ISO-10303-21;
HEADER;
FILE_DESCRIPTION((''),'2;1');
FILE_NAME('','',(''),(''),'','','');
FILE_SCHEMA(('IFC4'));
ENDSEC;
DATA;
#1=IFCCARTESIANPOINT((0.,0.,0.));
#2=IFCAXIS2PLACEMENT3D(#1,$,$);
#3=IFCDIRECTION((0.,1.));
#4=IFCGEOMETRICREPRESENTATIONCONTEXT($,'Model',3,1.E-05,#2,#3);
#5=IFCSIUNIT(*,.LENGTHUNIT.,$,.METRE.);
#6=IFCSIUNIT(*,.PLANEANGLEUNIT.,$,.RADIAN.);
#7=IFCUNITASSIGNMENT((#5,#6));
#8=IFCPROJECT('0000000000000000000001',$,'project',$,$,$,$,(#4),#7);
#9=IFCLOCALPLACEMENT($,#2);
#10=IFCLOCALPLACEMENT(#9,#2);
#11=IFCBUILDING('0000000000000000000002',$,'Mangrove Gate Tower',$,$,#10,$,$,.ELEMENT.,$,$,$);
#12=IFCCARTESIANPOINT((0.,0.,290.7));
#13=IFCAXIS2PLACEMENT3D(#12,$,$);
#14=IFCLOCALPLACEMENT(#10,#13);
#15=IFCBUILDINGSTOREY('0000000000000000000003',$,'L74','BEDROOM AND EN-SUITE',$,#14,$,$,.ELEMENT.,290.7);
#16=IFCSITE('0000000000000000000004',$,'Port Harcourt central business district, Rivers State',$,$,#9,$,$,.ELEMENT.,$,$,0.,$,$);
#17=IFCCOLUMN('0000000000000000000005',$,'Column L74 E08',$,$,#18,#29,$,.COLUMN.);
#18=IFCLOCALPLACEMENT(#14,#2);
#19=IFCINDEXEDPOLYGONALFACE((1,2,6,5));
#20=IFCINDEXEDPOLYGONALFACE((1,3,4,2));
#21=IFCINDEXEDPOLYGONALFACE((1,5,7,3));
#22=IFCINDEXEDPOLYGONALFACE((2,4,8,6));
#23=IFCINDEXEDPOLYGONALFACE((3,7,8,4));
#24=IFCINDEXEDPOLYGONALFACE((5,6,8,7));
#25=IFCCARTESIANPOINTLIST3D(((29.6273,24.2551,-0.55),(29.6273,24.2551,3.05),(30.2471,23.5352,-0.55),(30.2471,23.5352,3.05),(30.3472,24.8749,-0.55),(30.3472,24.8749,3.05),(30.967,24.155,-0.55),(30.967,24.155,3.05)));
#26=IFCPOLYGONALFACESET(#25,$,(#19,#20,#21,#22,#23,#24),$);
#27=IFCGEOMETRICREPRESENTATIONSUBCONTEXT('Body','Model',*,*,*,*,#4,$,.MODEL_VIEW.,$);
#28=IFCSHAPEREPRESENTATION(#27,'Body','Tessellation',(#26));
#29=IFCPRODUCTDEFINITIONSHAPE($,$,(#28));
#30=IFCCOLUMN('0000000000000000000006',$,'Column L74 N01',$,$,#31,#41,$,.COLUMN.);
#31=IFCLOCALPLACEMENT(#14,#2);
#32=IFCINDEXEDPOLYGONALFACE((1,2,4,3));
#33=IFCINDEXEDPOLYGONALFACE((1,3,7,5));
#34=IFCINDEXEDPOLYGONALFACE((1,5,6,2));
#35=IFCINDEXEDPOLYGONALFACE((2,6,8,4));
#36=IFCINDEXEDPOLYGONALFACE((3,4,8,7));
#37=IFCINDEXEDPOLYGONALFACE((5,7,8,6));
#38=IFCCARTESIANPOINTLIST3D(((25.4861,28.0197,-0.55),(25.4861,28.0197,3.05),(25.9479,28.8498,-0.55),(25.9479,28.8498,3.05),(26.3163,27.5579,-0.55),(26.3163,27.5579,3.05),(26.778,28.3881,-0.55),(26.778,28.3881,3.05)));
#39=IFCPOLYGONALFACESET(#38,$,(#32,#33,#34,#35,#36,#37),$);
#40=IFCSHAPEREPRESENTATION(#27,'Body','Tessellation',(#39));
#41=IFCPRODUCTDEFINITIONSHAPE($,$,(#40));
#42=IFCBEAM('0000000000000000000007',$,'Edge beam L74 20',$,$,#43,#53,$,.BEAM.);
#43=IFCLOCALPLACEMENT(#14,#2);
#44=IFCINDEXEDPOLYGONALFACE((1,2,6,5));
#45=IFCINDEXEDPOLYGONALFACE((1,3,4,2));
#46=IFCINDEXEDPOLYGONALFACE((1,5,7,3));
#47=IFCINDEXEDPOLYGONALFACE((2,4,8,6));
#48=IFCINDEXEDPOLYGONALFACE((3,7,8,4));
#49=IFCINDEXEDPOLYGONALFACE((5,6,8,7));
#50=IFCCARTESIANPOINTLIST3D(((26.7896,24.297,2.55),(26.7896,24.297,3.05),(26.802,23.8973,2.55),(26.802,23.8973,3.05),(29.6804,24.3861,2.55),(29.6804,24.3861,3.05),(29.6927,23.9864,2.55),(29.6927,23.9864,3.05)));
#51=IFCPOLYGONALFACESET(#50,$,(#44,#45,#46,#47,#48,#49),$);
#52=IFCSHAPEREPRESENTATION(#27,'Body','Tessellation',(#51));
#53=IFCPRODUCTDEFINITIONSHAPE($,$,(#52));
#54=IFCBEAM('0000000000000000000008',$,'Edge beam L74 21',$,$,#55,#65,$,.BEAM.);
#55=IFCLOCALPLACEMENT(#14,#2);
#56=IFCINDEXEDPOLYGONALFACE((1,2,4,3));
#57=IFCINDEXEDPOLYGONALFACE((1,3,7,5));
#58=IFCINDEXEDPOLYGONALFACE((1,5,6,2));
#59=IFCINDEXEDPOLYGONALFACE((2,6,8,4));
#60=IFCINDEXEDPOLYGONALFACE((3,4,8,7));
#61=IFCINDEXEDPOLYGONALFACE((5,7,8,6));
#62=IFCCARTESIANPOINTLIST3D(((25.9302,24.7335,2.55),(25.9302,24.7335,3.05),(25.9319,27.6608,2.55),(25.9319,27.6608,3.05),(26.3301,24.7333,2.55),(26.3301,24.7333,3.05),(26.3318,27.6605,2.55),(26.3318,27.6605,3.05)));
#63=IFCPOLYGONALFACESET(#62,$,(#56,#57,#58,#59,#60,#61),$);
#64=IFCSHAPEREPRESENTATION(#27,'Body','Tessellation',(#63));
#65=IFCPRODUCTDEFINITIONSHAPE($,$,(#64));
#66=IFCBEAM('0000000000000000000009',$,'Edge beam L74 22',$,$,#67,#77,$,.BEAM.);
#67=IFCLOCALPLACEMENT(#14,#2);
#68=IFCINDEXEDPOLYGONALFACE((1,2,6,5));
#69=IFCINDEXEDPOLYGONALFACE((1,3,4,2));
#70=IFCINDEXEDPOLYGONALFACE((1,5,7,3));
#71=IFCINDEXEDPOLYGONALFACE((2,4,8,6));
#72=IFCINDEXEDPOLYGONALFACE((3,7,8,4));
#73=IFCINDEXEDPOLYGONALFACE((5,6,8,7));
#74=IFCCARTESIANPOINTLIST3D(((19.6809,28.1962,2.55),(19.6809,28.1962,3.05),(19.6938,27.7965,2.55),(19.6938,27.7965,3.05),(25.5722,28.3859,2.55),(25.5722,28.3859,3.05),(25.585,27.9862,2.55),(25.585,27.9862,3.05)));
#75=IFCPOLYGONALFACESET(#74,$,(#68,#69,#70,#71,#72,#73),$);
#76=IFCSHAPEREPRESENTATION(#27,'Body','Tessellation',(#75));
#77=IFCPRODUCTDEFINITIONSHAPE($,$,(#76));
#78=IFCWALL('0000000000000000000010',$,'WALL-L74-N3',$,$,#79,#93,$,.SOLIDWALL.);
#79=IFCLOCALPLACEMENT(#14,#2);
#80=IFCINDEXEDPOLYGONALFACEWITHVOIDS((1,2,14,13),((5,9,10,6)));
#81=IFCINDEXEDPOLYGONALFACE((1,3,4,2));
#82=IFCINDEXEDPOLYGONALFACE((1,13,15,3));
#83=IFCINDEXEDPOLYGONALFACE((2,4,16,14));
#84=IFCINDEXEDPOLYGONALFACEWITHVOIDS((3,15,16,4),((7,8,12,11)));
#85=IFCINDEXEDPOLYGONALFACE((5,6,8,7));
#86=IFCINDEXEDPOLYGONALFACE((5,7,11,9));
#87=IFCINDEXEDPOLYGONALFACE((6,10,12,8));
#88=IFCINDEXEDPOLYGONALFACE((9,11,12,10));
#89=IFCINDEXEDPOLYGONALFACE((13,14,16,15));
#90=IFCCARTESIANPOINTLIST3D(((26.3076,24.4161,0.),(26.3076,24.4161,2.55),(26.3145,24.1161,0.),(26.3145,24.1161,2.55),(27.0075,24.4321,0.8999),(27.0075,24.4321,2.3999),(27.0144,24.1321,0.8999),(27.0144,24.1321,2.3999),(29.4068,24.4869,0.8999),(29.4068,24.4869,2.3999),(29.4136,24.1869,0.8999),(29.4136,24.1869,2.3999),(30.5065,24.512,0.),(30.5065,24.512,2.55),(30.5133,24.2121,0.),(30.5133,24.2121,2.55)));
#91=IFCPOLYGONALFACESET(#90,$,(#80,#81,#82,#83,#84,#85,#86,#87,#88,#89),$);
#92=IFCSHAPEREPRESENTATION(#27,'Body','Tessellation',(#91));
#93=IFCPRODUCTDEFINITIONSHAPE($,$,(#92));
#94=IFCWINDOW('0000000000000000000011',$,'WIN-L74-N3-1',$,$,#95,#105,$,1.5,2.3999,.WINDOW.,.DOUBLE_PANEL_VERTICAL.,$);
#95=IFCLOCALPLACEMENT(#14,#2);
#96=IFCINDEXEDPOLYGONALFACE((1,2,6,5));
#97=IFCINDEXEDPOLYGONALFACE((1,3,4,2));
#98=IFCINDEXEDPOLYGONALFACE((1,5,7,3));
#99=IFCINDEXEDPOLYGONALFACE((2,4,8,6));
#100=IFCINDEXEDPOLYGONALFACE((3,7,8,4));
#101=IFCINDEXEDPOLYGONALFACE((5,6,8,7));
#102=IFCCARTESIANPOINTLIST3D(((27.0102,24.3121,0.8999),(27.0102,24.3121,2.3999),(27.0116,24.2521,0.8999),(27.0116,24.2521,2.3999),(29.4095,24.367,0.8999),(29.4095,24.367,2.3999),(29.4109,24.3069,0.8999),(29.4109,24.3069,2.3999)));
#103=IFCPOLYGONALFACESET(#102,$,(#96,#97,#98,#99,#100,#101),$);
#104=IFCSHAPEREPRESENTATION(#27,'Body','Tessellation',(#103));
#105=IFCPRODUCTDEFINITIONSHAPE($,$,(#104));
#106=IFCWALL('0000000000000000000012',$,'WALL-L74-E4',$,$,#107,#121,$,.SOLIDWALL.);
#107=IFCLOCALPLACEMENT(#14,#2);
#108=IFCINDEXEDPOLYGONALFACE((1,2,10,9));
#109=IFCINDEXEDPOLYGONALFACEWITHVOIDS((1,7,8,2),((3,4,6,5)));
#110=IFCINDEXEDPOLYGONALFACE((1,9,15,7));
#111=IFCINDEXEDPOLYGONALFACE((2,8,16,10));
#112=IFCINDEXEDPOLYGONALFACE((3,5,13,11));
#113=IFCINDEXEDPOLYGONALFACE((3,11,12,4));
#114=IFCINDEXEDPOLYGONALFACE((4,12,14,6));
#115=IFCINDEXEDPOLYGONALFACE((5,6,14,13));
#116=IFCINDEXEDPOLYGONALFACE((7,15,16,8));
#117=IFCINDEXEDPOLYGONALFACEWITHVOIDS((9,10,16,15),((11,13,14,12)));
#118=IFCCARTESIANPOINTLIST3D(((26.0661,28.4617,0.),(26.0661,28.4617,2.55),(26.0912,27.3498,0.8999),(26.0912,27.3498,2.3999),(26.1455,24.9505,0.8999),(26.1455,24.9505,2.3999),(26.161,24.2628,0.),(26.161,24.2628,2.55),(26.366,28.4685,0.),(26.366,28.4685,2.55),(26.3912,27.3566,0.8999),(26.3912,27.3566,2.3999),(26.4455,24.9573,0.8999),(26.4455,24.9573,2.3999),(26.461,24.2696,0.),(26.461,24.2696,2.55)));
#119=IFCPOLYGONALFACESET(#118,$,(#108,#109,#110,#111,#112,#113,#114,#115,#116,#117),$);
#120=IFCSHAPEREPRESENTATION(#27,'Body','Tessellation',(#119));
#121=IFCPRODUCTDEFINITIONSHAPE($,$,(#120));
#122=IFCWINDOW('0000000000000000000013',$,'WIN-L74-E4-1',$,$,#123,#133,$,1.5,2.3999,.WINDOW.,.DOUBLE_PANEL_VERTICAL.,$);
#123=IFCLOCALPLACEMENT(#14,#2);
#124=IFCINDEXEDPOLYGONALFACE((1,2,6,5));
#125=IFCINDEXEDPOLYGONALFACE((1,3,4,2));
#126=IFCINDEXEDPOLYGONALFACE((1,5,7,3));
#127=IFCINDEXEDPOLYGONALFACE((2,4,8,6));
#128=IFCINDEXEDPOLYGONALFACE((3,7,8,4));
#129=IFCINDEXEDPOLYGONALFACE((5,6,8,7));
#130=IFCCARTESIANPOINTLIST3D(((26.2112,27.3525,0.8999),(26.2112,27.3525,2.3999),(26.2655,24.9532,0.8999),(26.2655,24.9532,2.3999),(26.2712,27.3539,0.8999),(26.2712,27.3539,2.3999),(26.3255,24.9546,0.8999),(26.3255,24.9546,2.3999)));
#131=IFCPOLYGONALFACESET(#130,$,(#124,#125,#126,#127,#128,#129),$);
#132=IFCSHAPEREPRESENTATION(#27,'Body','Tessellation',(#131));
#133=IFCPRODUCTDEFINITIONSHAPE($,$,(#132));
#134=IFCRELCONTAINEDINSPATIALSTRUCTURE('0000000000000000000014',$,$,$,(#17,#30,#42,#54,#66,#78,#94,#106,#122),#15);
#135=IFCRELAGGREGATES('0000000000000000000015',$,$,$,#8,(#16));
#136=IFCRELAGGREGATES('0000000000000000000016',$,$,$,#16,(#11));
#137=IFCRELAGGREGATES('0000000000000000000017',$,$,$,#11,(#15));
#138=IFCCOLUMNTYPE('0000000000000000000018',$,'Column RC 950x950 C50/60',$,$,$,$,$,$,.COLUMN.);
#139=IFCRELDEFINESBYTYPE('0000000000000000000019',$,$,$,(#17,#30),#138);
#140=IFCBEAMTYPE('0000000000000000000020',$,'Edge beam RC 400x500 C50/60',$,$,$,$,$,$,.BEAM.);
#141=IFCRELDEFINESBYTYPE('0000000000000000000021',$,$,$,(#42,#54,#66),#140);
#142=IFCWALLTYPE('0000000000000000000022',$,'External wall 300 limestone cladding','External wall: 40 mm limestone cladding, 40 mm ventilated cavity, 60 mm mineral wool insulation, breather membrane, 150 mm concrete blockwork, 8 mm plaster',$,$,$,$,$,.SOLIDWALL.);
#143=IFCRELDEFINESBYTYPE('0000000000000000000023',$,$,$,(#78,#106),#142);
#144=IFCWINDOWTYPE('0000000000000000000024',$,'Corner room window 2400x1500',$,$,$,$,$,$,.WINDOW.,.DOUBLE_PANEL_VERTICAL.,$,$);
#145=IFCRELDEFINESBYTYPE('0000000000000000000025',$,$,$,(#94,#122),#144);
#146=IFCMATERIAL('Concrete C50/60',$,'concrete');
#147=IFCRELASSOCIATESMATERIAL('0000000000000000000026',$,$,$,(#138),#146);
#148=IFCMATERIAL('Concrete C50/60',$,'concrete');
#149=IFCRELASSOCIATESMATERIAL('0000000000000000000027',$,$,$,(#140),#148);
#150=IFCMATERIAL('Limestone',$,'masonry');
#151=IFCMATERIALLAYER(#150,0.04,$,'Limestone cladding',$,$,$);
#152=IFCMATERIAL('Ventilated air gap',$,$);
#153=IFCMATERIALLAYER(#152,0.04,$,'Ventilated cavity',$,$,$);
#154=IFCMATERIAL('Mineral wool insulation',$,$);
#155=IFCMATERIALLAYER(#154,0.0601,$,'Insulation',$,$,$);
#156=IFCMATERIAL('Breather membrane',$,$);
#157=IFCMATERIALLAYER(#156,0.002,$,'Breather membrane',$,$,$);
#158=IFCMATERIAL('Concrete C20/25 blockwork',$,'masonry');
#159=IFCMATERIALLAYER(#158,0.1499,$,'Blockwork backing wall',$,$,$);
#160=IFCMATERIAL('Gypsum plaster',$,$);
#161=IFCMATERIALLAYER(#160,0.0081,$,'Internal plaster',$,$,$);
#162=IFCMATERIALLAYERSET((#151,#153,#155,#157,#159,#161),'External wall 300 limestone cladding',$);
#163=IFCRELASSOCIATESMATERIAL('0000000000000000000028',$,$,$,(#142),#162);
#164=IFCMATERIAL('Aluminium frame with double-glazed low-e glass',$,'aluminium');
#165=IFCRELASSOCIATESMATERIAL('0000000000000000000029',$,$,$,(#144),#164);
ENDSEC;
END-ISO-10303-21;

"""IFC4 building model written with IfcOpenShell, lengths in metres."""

from ifc_helpers import new_model, si_unit, direction, frame, frame_2d, origin, origin_2d, place, context, subcontext, project, spatial, rectangle, extrude, material, layer, layer_set, material_profile, profile_set, type_object, element, fill, save


model = new_model("IFC4")

# Units and contexts
model_context = context("Model", 3, precision=1e-05, world=origin(), true_north=direction((0.0, 1.0)))
body_context = subcontext(model_context, "Body", "Model", "MODEL_VIEW")
ifc_project = project(units=[si_unit("LENGTHUNIT", "METRE"), si_unit("PLANEANGLEUNIT", "RADIAN")], contexts=[model_context])

# Site, building, storey
site_placement = place(None, origin())
site = spatial("IfcSite", under=ifc_project, at=site_placement, Name="Port Harcourt central business district, Rivers State", CompositionType="ELEMENT", RefElevation=0.0)
building_placement = place(site_placement, origin())
building = spatial("IfcBuilding", under=site, at=building_placement, Name="Mangrove Gate Tower", CompositionType="ELEMENT")
storey_placement = place(building_placement, frame((0.0, 0.0, 290.7)))
storey = spatial("IfcBuildingStorey", under=building, at=storey_placement, Name="L74", Description="BEDROOM AND EN-SUITE", CompositionType="ELEMENT", Elevation=290.7)

# Columns
ifc_material_1 = material(Name="Concrete C50/60", Category="concrete")
ifc_material_profile_1 = material_profile(ifc_material_1, rectangle(XDim=0.95, YDim=0.95, at=origin_2d()))
ifc_profile_set_1 = profile_set([ifc_material_profile_1], Name="Concrete C50/60")
column_type = type_object("IfcColumnType", Name="Column RC 950x950 C50/60", PredefinedType="COLUMN", material=ifc_profile_set_1)
for number, where, z_axis, x_axis, name in (
    (1, (30.2971, 24.2051, -0.55), (0.0, 0.0, 1.0), (-0.652446, 0.757835, 0.0), "Column L74 E08"),
    (2, (26.1321, 28.2039, -0.55), (0.0, 0.0, 1.0), (-0.873907, 0.486093, 0.0), "Column L74 N01"),
):
    element("IfcColumn", number, at=place(storey_placement, frame(where, z_axis=z_axis, x_axis=x_axis)), inside=storey, type_object=column_type, Name=name, PredefinedType="COLUMN", context=body_context, shape_type="SweptSolid", body=[
        extrude(rectangle(XDim=0.95, YDim=0.95, at=origin_2d()), origin(), (0.0, 0.0, 1.0), 3.6001),
    ])

# Beams
ifc_material_2 = material(Name="Concrete C50/60", Category="concrete")
ifc_material_profile_2 = material_profile(ifc_material_2, rectangle(XDim=0.3999, YDim=0.5, at=origin_2d()))
ifc_profile_set_2 = profile_set([ifc_material_profile_2], Name="Concrete C50/60")
beam_type = type_object("IfcBeamType", Name="Edge beam RC 400x500 C50/60", PredefinedType="BEAM", material=ifc_profile_set_2)
beam_1_placement = place(storey_placement, frame((29.6865, 24.1863, 2.8), z_axis=(-0.999525, -0.030813, 0.0), x_axis=(0.030813, -0.999525, 0.0)))
element("IfcBeam", 3, at=beam_1_placement, inside=storey, type_object=beam_type, Name="Edge beam L74 20", PredefinedType="BEAM", context=body_context, shape_type="SweptSolid", body=[
    extrude(rectangle(XDim=0.3999, YDim=0.5, at=origin_2d()), origin(), (0.0, 0.0, 1.0), 2.8921),
])
beam_2_placement = place(storey_placement, frame((26.1301, 24.7334, 2.8), z_axis=(0.000584, 1.0, 0.0), x_axis=(-1.0, 0.000584, 0.0)))
element("IfcBeam", 4, at=beam_2_placement, inside=storey, type_object=beam_type, Name="Edge beam L74 21", PredefinedType="BEAM", context=body_context, shape_type="SweptSolid", body=[
    extrude(rectangle(XDim=0.3999, YDim=0.5, at=origin_2d()), origin(), (0.0, 0.0, 1.0), 2.9272),
])
beam_3_placement = place(storey_placement, frame((25.5786, 28.186, 2.8), z_axis=(-0.999482, -0.032184, 0.0), x_axis=(0.032184, -0.999482, 0.0)))
element("IfcBeam", 5, at=beam_3_placement, inside=storey, type_object=beam_type, Name="Edge beam L74 22", PredefinedType="BEAM", context=body_context, shape_type="SweptSolid", body=[
    extrude(rectangle(XDim=0.3999, YDim=0.5, at=origin_2d()), origin(), (0.0, 0.0, 1.0), 5.8943),
])

# Walls, openings, windows
ifc_material_3 = material(Name="Limestone", Category="masonry")
ifc_layer_1 = layer(ifc_material_3, 0.04, Name="Limestone cladding")
ifc_material_4 = material(Name="Ventilated air gap")
ifc_layer_2 = layer(ifc_material_4, 0.04, Name="Ventilated cavity")
ifc_material_5 = material(Name="Mineral wool insulation")
ifc_layer_3 = layer(ifc_material_5, 0.0601, Name="Insulation")
ifc_material_6 = material(Name="Breather membrane")
ifc_layer_4 = layer(ifc_material_6, 0.002, Name="Breather membrane")
ifc_material_7 = material(Name="Concrete C20/25 blockwork", Category="masonry")
ifc_layer_5 = layer(ifc_material_7, 0.1499, Name="Blockwork backing wall")
ifc_material_8 = material(Name="Gypsum plaster")
ifc_layer_6 = layer(ifc_material_8, 0.0081, Name="Internal plaster")
ifc_layer_set = layer_set([ifc_layer_1, ifc_layer_2, ifc_layer_3, ifc_layer_4, ifc_layer_5, ifc_layer_6], Name="External wall 300 limestone cladding")
wall_type = type_object("IfcWallType", Name="External wall 300 limestone cladding", Description="External wall: 40 mm limestone cladding, 40 mm ventilated cavity, 60 mm mineral wool insulation, breather membrane, 150 mm concrete blockwork, 8 mm plaster", PredefinedType="SOLIDWALL", material=ifc_layer_set)
wall_1_placement = place(storey_placement, frame((30.51, 24.3621, 0.0), z_axis=(0.0, 0.0, 1.0), x_axis=(-0.999739, -0.022844, 0.0)))
wall_1 = element("IfcWall", 6, at=wall_1_placement, inside=storey, type_object=wall_type, Name="WALL-L74-N3", PredefinedType="SOLIDWALL", context=body_context, shape_type="SweptSolid", body=[
    extrude(rectangle(XDim=4.2, YDim=0.3, at=frame_2d((2.1001, 0.0))), origin(), (0.0, 0.0, 1.0), 2.55),
])
opening_1_placement = place(wall_1_placement, frame((1.1001, 0.0, 0.8999)))
opening_1 = element("IfcOpeningElement", 7, at=opening_1_placement, cuts=wall_1, PredefinedType="OPENING", context=body_context, shape_type="SweptSolid", body=[
    extrude(rectangle(XDim=2.3999, YDim=1.5, at=frame_2d((1.2, 0.75))), frame((0.0, 0.1599, 0.0), z_axis=(0.0, -1.0, 0.0), x_axis=(1.0, 0.0, 0.0)), (0.0, 0.0, 1.0), 0.3201),
])
ifc_material_9 = material(Name="Aluminium frame with double-glazed low-e glass", Category="aluminium")
window_type_1 = type_object("IfcWindowType", Name="Corner room window 2400x1500", PartitioningType="DOUBLE_PANEL_VERTICAL", PredefinedType="WINDOW", material=ifc_material_9)
window_1_placement = place(opening_1_placement, origin())
window_1 = element("IfcWindow", 8, at=window_1_placement, inside=storey, type_object=window_type_1, Name="WIN-L74-N3-1", OverallHeight=1.5, OverallWidth=2.3999, PartitioningType="DOUBLE_PANEL_VERTICAL", PredefinedType="WINDOW", context=body_context, shape_type="SweptSolid", body=[
    extrude(rectangle(XDim=2.3999, YDim=1.5, at=frame_2d((1.2, 0.75))), frame((0.0, 0.03, 0.0), z_axis=(0.0, -1.0, 0.0), x_axis=(1.0, 0.0, 0.0)), (0.0, 0.0, 1.0), 0.0601),
])
fill(opening_1, window_1)
wall_2_placement = place(storey_placement, frame((26.311, 24.2661, 0.0), z_axis=(0.0, 0.0, 1.0), x_axis=(-0.022612, 0.999744, 0.0)))
wall_2 = element("IfcWall", 9, at=wall_2_placement, inside=storey, type_object=wall_type, Name="WALL-L74-E4", PredefinedType="SOLIDWALL", context=body_context, shape_type="SweptSolid", body=[
    extrude(rectangle(XDim=4.2, YDim=0.3, at=frame_2d((2.1001, 0.0))), origin(), (0.0, 0.0, 1.0), 2.55),
])
opening_2_placement = place(wall_2_placement, frame((0.688, 0.0, 0.8999)))
opening_2 = element("IfcOpeningElement", 10, at=opening_2_placement, cuts=wall_2, PredefinedType="OPENING", context=body_context, shape_type="SweptSolid", body=[
    extrude(rectangle(XDim=2.3999, YDim=1.5, at=frame_2d((1.2, 0.75))), frame((0.0, 0.1599, 0.0), z_axis=(0.0, -1.0, 0.0), x_axis=(1.0, 0.0, 0.0)), (0.0, 0.0, 1.0), 0.3201),
])
window_2_placement = place(opening_2_placement, origin())
window_2 = element("IfcWindow", 11, at=window_2_placement, inside=storey, type_object=window_type_1, Name="WIN-L74-E4-1", OverallHeight=1.5, OverallWidth=2.3999, PartitioningType="DOUBLE_PANEL_VERTICAL", PredefinedType="WINDOW", context=body_context, shape_type="SweptSolid", body=[
    extrude(rectangle(XDim=2.3999, YDim=1.5, at=frame_2d((1.2, 0.75))), frame((0.0, 0.03, 0.0), z_axis=(0.0, -1.0, 0.0), x_axis=(1.0, 0.0, 0.0)), (0.0, 0.0, 1.0), 0.0601),
])
fill(opening_2, window_2)

save(model, "model.ifc")
